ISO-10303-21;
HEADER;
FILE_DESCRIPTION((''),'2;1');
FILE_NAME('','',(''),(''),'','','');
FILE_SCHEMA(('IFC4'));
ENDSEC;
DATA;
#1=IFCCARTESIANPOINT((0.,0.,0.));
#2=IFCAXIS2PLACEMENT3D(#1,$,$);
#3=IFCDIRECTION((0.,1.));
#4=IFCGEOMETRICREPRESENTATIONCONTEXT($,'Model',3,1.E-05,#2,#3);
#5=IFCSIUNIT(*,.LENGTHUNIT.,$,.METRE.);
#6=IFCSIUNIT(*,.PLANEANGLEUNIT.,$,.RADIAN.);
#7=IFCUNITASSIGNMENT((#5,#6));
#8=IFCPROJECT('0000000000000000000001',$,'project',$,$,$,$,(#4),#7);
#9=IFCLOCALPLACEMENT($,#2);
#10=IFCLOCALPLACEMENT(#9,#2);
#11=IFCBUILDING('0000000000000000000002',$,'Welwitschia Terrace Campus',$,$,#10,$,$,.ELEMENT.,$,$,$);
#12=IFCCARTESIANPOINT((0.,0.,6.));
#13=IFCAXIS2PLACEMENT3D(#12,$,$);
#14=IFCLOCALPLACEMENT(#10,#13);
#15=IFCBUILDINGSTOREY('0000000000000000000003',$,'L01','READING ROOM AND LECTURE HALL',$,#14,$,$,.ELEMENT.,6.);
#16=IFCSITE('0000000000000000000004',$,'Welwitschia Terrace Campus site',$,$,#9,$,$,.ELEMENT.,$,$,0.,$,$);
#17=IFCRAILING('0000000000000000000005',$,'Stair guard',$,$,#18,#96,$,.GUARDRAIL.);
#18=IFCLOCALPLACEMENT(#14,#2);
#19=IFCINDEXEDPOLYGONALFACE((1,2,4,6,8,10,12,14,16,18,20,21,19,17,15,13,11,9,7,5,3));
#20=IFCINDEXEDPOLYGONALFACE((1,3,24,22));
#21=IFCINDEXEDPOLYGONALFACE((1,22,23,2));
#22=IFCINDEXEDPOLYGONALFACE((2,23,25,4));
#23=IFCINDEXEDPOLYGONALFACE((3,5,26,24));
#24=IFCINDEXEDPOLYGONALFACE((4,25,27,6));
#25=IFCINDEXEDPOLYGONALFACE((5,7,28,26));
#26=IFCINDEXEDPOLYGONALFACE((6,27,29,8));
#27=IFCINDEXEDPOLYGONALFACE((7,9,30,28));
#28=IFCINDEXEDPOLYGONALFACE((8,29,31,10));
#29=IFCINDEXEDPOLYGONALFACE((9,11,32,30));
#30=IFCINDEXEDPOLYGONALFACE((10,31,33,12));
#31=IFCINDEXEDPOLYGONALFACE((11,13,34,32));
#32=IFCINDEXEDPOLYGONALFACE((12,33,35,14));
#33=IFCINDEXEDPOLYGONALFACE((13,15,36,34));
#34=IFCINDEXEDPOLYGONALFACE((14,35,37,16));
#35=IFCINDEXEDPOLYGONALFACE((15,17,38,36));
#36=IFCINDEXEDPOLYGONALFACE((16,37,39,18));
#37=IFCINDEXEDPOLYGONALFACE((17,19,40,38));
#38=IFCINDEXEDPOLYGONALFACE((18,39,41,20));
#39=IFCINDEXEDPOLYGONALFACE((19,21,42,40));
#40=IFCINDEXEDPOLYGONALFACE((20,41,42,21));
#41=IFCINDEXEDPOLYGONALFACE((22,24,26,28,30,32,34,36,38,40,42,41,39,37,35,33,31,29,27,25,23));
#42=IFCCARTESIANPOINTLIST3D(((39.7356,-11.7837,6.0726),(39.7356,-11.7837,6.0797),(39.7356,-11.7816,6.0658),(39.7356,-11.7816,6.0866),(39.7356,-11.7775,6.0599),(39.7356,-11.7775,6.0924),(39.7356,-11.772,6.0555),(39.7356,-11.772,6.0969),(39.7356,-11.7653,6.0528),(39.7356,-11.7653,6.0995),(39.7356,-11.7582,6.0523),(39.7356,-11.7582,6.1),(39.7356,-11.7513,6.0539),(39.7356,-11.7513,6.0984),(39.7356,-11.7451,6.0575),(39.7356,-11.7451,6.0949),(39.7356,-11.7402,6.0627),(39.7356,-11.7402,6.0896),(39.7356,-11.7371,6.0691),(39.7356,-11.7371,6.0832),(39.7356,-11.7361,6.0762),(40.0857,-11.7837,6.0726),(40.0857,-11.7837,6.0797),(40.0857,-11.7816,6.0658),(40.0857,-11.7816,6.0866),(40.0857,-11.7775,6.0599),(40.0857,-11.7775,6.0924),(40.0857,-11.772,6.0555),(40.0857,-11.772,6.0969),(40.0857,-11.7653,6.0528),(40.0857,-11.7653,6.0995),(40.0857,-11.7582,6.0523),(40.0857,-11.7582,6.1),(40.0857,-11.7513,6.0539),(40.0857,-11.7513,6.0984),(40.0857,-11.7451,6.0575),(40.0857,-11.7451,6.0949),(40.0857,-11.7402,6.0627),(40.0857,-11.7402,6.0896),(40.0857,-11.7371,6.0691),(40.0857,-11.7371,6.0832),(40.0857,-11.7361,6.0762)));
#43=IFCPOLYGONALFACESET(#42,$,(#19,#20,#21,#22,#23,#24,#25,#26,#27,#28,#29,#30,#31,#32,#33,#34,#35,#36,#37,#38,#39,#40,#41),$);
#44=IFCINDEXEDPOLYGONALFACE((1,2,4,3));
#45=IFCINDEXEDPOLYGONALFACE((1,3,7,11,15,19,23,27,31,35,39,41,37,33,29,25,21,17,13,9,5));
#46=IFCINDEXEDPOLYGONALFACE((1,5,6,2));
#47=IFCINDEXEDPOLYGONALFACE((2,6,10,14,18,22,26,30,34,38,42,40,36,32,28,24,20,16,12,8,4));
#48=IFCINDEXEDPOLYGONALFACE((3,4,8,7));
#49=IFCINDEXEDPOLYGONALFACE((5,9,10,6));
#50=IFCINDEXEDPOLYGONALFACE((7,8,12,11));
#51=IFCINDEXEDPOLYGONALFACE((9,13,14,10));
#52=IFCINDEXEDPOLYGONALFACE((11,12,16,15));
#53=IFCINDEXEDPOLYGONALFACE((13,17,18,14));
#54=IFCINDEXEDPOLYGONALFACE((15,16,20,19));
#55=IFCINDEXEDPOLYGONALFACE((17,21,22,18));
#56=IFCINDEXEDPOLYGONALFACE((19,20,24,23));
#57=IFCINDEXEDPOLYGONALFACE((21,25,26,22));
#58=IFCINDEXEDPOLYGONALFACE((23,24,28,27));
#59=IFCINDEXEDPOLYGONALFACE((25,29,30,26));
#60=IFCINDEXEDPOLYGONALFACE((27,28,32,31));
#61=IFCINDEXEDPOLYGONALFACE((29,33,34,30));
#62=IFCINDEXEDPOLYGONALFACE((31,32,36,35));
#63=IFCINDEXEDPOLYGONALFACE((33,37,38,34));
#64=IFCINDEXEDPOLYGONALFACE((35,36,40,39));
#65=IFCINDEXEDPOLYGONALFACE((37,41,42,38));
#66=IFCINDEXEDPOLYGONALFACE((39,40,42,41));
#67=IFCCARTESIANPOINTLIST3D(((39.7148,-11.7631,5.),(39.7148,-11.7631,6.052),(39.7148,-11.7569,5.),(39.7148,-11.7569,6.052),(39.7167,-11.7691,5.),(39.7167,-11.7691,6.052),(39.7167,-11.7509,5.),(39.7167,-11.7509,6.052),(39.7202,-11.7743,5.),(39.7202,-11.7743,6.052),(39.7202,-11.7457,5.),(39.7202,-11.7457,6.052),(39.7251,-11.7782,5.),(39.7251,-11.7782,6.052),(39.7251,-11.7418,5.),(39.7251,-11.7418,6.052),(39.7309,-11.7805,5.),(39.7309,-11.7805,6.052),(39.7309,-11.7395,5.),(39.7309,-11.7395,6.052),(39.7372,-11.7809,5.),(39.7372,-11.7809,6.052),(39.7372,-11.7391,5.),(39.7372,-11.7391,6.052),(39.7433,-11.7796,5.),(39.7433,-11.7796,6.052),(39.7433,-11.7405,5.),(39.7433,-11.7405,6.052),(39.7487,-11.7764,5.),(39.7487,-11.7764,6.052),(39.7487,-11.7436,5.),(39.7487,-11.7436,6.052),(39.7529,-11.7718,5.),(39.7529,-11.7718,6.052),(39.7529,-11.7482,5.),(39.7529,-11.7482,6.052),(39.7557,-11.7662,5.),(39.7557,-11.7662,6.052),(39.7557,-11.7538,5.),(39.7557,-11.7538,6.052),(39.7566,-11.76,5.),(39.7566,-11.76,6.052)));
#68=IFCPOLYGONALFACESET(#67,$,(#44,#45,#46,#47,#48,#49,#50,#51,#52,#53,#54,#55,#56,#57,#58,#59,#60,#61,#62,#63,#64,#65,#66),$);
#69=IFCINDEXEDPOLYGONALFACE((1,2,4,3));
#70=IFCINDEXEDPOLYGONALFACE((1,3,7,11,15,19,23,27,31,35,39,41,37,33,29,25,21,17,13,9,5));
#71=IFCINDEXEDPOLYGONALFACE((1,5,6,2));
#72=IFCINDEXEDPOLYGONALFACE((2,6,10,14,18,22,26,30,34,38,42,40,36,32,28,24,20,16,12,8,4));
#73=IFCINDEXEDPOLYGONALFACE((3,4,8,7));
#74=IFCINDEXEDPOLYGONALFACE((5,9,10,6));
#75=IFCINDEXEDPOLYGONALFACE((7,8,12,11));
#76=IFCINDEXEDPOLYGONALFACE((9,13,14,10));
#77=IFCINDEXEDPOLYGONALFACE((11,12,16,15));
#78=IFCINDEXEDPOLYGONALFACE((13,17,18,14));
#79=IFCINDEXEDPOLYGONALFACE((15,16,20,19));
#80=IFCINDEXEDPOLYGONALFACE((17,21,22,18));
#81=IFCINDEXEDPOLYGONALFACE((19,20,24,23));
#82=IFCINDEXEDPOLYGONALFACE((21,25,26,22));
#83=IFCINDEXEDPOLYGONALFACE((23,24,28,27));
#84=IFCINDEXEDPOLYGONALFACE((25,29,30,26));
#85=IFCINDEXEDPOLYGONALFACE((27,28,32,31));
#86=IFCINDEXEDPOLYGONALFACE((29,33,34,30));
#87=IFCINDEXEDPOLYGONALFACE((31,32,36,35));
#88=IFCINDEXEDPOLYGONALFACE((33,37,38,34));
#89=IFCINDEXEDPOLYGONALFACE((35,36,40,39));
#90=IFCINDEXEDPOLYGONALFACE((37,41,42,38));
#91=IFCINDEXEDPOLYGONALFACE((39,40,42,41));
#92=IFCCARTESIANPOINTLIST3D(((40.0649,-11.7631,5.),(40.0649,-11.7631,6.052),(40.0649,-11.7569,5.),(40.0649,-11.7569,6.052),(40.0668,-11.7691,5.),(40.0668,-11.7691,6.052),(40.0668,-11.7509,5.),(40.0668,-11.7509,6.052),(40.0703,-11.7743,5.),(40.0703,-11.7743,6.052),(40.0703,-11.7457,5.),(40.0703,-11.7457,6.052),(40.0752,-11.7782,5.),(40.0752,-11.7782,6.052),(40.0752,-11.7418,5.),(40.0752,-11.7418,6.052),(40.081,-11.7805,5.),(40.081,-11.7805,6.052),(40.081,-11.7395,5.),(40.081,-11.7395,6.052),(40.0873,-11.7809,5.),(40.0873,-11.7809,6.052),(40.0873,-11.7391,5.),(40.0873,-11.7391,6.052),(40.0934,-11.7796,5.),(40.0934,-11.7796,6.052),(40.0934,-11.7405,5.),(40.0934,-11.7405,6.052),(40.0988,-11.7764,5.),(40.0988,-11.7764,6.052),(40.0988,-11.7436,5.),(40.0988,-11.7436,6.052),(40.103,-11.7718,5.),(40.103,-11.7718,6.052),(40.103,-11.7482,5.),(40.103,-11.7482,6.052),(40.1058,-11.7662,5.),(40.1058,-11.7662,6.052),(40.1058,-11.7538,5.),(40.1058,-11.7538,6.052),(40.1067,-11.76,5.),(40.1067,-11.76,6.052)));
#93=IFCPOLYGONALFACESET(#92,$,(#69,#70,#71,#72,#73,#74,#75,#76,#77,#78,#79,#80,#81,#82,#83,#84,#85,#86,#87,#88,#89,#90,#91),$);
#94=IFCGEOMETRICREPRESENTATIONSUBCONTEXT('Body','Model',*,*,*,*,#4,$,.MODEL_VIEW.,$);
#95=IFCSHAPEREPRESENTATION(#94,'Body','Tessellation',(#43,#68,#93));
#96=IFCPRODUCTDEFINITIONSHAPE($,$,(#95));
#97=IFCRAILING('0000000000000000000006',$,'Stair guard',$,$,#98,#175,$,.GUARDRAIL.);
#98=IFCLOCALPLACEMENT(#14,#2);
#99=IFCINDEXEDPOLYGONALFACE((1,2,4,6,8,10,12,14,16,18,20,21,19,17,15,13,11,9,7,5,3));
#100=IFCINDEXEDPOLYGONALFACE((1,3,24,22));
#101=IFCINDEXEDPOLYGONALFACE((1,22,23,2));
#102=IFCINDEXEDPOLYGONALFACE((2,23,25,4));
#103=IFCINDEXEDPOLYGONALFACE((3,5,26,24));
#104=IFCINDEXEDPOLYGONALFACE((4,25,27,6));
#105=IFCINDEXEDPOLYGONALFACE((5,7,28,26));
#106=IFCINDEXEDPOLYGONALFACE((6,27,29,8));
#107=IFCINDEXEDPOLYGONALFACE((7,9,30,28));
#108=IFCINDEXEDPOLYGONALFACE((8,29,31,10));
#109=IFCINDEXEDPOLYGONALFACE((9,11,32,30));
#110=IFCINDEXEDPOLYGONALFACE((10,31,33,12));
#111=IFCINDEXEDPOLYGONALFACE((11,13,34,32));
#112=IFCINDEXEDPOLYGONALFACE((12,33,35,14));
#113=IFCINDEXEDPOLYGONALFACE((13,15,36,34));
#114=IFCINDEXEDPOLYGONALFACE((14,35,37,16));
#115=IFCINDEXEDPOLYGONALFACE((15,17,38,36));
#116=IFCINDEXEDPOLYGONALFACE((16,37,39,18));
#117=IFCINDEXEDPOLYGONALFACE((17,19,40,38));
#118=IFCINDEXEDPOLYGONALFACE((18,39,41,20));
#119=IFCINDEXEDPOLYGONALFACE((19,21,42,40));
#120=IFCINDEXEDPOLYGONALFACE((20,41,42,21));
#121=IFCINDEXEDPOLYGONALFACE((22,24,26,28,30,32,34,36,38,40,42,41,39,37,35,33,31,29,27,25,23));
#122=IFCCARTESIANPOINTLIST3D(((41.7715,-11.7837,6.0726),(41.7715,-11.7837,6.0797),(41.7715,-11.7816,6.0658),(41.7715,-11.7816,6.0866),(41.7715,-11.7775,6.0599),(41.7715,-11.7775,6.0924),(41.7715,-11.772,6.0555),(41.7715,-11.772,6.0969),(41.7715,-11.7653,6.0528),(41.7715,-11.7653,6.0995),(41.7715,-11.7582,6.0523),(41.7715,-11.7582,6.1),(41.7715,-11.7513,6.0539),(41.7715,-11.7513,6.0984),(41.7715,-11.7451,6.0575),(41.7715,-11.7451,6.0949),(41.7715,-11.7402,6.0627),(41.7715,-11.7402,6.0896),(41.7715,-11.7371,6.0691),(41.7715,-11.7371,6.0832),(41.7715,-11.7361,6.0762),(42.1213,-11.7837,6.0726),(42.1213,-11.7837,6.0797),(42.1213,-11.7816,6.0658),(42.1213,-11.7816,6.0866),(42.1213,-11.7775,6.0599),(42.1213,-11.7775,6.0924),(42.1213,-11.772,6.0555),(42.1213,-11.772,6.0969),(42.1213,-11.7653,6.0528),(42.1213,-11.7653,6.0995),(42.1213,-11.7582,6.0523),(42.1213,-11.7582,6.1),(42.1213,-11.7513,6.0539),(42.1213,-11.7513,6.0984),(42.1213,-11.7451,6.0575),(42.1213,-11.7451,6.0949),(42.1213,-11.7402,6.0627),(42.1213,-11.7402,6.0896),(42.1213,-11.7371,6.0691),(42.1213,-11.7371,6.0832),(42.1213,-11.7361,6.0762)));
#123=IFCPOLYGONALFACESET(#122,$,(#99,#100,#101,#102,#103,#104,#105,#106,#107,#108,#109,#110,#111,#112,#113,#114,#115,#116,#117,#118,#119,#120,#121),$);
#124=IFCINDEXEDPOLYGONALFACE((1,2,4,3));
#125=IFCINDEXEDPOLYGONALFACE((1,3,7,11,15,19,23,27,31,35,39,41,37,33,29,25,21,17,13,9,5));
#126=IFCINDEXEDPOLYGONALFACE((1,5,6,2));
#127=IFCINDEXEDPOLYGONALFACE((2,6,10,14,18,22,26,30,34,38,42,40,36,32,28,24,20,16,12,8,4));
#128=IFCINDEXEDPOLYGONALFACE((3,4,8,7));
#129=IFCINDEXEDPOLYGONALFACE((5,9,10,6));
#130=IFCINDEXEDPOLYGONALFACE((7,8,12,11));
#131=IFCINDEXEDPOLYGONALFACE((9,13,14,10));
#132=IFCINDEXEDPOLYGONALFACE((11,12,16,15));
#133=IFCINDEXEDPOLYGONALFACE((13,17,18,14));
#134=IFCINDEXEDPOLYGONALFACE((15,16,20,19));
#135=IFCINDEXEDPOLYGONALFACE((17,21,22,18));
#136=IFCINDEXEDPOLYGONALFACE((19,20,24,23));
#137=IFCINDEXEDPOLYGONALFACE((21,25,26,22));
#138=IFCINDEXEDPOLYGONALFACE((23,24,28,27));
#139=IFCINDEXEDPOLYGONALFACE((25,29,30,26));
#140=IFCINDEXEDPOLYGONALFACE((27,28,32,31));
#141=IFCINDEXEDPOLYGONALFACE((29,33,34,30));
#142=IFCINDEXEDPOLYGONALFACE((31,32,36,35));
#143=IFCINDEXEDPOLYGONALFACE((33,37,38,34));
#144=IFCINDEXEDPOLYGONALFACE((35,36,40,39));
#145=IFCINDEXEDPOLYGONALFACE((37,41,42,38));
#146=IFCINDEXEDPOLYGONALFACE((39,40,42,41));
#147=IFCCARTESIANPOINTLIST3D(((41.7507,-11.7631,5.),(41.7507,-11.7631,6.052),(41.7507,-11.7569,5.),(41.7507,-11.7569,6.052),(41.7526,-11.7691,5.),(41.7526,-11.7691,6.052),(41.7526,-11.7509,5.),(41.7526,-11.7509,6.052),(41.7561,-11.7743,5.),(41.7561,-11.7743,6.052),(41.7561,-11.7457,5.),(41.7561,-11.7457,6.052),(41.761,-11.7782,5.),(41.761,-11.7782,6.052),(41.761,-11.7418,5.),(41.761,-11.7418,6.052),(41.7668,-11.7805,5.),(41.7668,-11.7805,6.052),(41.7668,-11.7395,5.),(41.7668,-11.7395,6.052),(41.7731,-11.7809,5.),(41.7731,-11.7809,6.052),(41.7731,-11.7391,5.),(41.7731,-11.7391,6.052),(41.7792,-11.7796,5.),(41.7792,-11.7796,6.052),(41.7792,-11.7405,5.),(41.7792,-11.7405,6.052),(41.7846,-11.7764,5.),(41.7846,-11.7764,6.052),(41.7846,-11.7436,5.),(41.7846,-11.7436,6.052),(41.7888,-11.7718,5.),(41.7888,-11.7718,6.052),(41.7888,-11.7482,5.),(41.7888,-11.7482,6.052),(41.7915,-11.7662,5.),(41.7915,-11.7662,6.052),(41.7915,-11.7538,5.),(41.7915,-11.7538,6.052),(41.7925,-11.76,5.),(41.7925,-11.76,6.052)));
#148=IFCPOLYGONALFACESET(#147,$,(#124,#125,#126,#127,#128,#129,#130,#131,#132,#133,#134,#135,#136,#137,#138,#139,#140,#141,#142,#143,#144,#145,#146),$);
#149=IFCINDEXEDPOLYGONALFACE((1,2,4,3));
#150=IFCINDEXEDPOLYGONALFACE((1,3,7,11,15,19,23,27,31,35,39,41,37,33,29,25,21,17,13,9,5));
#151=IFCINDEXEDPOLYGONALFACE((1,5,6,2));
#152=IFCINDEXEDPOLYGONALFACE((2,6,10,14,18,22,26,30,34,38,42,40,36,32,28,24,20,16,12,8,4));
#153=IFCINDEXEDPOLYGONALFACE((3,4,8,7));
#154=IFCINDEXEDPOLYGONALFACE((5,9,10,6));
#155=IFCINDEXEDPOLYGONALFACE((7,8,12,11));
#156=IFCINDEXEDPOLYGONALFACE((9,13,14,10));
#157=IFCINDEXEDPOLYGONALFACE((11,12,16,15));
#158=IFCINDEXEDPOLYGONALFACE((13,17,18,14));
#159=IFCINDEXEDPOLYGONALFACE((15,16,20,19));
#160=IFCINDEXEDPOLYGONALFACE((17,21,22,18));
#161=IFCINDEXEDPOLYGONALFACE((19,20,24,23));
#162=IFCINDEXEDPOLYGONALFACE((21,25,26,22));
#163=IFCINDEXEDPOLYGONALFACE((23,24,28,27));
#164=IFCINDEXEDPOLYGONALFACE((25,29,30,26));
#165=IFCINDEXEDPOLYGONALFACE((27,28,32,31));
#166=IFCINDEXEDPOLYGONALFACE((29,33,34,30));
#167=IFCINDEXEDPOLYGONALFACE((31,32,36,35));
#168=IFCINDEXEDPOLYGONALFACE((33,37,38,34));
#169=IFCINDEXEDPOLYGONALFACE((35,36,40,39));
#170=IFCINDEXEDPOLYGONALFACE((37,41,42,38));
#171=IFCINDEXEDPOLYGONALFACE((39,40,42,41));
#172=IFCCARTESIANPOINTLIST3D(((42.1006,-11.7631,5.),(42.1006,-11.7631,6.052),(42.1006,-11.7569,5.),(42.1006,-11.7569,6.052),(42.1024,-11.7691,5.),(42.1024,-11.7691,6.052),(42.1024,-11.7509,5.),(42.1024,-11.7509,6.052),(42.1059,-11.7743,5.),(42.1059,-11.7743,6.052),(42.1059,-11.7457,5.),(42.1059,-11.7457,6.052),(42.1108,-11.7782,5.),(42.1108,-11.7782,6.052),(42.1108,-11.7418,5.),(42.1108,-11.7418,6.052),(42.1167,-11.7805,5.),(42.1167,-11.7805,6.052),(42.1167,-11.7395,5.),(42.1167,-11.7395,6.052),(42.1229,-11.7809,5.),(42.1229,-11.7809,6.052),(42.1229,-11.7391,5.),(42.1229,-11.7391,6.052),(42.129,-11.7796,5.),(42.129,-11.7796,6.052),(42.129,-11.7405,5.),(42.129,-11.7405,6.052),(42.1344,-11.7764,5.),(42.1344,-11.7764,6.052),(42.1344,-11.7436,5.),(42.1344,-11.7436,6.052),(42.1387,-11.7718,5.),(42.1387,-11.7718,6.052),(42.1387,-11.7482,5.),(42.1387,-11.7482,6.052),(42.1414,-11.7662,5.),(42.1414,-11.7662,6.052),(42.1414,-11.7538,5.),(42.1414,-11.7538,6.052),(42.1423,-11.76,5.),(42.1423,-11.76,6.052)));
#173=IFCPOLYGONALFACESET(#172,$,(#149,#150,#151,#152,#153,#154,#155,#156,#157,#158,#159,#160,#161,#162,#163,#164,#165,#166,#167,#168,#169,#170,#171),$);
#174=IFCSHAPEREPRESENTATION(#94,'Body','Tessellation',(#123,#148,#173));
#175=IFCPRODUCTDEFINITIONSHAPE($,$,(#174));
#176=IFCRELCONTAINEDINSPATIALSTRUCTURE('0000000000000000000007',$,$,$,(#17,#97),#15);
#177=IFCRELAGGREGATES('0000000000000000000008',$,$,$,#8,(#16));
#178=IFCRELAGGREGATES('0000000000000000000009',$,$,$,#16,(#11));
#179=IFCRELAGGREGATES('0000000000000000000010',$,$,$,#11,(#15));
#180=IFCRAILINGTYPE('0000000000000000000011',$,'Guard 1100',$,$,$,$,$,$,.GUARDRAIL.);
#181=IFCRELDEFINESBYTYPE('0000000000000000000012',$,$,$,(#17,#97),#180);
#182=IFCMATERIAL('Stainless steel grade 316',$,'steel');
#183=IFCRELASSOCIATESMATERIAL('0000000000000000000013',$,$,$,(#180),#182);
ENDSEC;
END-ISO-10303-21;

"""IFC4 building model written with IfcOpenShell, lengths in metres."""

from ifc_helpers import new_model, si_unit, direction, frame, origin, origin_2d, place, context, subcontext, project, spatial, circle, extrude, material, type_object, element, save


model = new_model("IFC4")

# Units and contexts
model_context = context("Model", 3, precision=1e-05, world=origin(), true_north=direction((0.0, 1.0)))
body_context = subcontext(model_context, "Body", "Model", "MODEL_VIEW")
ifc_project = project(units=[si_unit("LENGTHUNIT", "METRE"), si_unit("PLANEANGLEUNIT", "RADIAN")], contexts=[model_context])

# Site, building, storey
site_placement = place(None, origin())
site = spatial("IfcSite", under=ifc_project, at=site_placement, Name="Welwitschia Terrace Campus site", CompositionType="ELEMENT", RefElevation=0.0)
building_placement = place(site_placement, origin())
building = spatial("IfcBuilding", under=site, at=building_placement, Name="Welwitschia Terrace Campus", CompositionType="ELEMENT")
storey_placement = place(building_placement, frame((0.0, 0.0, 6.0)))
storey = spatial("IfcBuildingStorey", under=building, at=storey_placement, Name="L01", Description="READING ROOM AND LECTURE HALL", CompositionType="ELEMENT", Elevation=6.0)

# Railings
ifc_material_1 = material(Name="Stainless steel grade 316", Category="steel")
railing_type_1 = type_object("IfcRailingType", Name="Guard 1100", PredefinedType="GUARDRAIL", material=ifc_material_1)
railing_1_placement = place(storey_placement, frame((39.7356, -11.76, 5.0)))
element("IfcRailing", 1, at=railing_1_placement, inside=storey, type_object=railing_type_1, Name="Stair guard", PredefinedType="GUARDRAIL", context=body_context, shape_type="SweptSolid", body=[
    extrude(circle(Radius=0.0239, at=origin_2d()), frame((0.0, 0.0, 1.0762), z_axis=(1.0, 0.0, 0.0), x_axis=(0.0, 1.0, 0.0)), (0.0, 0.0, 1.0), 0.3501),
    extrude(circle(Radius=0.021, at=origin_2d()), origin(), (0.0, 0.0, 1.0), 1.052),
    extrude(circle(Radius=0.021, at=origin_2d()), frame((0.3501, 0.0, 0.0)), (0.0, 0.0, 1.0), 1.052),
])
for number, where, name in (
    (2, (41.7715, -11.76, 5.0), "Stair guard"),
):
    element("IfcRailing", number, at=place(storey_placement, frame(where)), inside=storey, type_object=railing_type_1, Name=name, PredefinedType="GUARDRAIL", context=body_context, shape_type="SweptSolid", body=[
        extrude(circle(Radius=0.0239, at=origin_2d()), frame((0.0, 0.0, 1.0762), z_axis=(1.0, 0.0, 0.0), x_axis=(0.0, 1.0, 0.0)), (0.0, 0.0, 1.0), 0.3499),
        extrude(circle(Radius=0.021, at=origin_2d()), origin(), (0.0, 0.0, 1.0), 1.052),
        extrude(circle(Radius=0.021, at=origin_2d()), frame((0.3499, 0.0, 0.0)), (0.0, 0.0, 1.0), 1.052),
    ])

save(model, "model.ifc")
